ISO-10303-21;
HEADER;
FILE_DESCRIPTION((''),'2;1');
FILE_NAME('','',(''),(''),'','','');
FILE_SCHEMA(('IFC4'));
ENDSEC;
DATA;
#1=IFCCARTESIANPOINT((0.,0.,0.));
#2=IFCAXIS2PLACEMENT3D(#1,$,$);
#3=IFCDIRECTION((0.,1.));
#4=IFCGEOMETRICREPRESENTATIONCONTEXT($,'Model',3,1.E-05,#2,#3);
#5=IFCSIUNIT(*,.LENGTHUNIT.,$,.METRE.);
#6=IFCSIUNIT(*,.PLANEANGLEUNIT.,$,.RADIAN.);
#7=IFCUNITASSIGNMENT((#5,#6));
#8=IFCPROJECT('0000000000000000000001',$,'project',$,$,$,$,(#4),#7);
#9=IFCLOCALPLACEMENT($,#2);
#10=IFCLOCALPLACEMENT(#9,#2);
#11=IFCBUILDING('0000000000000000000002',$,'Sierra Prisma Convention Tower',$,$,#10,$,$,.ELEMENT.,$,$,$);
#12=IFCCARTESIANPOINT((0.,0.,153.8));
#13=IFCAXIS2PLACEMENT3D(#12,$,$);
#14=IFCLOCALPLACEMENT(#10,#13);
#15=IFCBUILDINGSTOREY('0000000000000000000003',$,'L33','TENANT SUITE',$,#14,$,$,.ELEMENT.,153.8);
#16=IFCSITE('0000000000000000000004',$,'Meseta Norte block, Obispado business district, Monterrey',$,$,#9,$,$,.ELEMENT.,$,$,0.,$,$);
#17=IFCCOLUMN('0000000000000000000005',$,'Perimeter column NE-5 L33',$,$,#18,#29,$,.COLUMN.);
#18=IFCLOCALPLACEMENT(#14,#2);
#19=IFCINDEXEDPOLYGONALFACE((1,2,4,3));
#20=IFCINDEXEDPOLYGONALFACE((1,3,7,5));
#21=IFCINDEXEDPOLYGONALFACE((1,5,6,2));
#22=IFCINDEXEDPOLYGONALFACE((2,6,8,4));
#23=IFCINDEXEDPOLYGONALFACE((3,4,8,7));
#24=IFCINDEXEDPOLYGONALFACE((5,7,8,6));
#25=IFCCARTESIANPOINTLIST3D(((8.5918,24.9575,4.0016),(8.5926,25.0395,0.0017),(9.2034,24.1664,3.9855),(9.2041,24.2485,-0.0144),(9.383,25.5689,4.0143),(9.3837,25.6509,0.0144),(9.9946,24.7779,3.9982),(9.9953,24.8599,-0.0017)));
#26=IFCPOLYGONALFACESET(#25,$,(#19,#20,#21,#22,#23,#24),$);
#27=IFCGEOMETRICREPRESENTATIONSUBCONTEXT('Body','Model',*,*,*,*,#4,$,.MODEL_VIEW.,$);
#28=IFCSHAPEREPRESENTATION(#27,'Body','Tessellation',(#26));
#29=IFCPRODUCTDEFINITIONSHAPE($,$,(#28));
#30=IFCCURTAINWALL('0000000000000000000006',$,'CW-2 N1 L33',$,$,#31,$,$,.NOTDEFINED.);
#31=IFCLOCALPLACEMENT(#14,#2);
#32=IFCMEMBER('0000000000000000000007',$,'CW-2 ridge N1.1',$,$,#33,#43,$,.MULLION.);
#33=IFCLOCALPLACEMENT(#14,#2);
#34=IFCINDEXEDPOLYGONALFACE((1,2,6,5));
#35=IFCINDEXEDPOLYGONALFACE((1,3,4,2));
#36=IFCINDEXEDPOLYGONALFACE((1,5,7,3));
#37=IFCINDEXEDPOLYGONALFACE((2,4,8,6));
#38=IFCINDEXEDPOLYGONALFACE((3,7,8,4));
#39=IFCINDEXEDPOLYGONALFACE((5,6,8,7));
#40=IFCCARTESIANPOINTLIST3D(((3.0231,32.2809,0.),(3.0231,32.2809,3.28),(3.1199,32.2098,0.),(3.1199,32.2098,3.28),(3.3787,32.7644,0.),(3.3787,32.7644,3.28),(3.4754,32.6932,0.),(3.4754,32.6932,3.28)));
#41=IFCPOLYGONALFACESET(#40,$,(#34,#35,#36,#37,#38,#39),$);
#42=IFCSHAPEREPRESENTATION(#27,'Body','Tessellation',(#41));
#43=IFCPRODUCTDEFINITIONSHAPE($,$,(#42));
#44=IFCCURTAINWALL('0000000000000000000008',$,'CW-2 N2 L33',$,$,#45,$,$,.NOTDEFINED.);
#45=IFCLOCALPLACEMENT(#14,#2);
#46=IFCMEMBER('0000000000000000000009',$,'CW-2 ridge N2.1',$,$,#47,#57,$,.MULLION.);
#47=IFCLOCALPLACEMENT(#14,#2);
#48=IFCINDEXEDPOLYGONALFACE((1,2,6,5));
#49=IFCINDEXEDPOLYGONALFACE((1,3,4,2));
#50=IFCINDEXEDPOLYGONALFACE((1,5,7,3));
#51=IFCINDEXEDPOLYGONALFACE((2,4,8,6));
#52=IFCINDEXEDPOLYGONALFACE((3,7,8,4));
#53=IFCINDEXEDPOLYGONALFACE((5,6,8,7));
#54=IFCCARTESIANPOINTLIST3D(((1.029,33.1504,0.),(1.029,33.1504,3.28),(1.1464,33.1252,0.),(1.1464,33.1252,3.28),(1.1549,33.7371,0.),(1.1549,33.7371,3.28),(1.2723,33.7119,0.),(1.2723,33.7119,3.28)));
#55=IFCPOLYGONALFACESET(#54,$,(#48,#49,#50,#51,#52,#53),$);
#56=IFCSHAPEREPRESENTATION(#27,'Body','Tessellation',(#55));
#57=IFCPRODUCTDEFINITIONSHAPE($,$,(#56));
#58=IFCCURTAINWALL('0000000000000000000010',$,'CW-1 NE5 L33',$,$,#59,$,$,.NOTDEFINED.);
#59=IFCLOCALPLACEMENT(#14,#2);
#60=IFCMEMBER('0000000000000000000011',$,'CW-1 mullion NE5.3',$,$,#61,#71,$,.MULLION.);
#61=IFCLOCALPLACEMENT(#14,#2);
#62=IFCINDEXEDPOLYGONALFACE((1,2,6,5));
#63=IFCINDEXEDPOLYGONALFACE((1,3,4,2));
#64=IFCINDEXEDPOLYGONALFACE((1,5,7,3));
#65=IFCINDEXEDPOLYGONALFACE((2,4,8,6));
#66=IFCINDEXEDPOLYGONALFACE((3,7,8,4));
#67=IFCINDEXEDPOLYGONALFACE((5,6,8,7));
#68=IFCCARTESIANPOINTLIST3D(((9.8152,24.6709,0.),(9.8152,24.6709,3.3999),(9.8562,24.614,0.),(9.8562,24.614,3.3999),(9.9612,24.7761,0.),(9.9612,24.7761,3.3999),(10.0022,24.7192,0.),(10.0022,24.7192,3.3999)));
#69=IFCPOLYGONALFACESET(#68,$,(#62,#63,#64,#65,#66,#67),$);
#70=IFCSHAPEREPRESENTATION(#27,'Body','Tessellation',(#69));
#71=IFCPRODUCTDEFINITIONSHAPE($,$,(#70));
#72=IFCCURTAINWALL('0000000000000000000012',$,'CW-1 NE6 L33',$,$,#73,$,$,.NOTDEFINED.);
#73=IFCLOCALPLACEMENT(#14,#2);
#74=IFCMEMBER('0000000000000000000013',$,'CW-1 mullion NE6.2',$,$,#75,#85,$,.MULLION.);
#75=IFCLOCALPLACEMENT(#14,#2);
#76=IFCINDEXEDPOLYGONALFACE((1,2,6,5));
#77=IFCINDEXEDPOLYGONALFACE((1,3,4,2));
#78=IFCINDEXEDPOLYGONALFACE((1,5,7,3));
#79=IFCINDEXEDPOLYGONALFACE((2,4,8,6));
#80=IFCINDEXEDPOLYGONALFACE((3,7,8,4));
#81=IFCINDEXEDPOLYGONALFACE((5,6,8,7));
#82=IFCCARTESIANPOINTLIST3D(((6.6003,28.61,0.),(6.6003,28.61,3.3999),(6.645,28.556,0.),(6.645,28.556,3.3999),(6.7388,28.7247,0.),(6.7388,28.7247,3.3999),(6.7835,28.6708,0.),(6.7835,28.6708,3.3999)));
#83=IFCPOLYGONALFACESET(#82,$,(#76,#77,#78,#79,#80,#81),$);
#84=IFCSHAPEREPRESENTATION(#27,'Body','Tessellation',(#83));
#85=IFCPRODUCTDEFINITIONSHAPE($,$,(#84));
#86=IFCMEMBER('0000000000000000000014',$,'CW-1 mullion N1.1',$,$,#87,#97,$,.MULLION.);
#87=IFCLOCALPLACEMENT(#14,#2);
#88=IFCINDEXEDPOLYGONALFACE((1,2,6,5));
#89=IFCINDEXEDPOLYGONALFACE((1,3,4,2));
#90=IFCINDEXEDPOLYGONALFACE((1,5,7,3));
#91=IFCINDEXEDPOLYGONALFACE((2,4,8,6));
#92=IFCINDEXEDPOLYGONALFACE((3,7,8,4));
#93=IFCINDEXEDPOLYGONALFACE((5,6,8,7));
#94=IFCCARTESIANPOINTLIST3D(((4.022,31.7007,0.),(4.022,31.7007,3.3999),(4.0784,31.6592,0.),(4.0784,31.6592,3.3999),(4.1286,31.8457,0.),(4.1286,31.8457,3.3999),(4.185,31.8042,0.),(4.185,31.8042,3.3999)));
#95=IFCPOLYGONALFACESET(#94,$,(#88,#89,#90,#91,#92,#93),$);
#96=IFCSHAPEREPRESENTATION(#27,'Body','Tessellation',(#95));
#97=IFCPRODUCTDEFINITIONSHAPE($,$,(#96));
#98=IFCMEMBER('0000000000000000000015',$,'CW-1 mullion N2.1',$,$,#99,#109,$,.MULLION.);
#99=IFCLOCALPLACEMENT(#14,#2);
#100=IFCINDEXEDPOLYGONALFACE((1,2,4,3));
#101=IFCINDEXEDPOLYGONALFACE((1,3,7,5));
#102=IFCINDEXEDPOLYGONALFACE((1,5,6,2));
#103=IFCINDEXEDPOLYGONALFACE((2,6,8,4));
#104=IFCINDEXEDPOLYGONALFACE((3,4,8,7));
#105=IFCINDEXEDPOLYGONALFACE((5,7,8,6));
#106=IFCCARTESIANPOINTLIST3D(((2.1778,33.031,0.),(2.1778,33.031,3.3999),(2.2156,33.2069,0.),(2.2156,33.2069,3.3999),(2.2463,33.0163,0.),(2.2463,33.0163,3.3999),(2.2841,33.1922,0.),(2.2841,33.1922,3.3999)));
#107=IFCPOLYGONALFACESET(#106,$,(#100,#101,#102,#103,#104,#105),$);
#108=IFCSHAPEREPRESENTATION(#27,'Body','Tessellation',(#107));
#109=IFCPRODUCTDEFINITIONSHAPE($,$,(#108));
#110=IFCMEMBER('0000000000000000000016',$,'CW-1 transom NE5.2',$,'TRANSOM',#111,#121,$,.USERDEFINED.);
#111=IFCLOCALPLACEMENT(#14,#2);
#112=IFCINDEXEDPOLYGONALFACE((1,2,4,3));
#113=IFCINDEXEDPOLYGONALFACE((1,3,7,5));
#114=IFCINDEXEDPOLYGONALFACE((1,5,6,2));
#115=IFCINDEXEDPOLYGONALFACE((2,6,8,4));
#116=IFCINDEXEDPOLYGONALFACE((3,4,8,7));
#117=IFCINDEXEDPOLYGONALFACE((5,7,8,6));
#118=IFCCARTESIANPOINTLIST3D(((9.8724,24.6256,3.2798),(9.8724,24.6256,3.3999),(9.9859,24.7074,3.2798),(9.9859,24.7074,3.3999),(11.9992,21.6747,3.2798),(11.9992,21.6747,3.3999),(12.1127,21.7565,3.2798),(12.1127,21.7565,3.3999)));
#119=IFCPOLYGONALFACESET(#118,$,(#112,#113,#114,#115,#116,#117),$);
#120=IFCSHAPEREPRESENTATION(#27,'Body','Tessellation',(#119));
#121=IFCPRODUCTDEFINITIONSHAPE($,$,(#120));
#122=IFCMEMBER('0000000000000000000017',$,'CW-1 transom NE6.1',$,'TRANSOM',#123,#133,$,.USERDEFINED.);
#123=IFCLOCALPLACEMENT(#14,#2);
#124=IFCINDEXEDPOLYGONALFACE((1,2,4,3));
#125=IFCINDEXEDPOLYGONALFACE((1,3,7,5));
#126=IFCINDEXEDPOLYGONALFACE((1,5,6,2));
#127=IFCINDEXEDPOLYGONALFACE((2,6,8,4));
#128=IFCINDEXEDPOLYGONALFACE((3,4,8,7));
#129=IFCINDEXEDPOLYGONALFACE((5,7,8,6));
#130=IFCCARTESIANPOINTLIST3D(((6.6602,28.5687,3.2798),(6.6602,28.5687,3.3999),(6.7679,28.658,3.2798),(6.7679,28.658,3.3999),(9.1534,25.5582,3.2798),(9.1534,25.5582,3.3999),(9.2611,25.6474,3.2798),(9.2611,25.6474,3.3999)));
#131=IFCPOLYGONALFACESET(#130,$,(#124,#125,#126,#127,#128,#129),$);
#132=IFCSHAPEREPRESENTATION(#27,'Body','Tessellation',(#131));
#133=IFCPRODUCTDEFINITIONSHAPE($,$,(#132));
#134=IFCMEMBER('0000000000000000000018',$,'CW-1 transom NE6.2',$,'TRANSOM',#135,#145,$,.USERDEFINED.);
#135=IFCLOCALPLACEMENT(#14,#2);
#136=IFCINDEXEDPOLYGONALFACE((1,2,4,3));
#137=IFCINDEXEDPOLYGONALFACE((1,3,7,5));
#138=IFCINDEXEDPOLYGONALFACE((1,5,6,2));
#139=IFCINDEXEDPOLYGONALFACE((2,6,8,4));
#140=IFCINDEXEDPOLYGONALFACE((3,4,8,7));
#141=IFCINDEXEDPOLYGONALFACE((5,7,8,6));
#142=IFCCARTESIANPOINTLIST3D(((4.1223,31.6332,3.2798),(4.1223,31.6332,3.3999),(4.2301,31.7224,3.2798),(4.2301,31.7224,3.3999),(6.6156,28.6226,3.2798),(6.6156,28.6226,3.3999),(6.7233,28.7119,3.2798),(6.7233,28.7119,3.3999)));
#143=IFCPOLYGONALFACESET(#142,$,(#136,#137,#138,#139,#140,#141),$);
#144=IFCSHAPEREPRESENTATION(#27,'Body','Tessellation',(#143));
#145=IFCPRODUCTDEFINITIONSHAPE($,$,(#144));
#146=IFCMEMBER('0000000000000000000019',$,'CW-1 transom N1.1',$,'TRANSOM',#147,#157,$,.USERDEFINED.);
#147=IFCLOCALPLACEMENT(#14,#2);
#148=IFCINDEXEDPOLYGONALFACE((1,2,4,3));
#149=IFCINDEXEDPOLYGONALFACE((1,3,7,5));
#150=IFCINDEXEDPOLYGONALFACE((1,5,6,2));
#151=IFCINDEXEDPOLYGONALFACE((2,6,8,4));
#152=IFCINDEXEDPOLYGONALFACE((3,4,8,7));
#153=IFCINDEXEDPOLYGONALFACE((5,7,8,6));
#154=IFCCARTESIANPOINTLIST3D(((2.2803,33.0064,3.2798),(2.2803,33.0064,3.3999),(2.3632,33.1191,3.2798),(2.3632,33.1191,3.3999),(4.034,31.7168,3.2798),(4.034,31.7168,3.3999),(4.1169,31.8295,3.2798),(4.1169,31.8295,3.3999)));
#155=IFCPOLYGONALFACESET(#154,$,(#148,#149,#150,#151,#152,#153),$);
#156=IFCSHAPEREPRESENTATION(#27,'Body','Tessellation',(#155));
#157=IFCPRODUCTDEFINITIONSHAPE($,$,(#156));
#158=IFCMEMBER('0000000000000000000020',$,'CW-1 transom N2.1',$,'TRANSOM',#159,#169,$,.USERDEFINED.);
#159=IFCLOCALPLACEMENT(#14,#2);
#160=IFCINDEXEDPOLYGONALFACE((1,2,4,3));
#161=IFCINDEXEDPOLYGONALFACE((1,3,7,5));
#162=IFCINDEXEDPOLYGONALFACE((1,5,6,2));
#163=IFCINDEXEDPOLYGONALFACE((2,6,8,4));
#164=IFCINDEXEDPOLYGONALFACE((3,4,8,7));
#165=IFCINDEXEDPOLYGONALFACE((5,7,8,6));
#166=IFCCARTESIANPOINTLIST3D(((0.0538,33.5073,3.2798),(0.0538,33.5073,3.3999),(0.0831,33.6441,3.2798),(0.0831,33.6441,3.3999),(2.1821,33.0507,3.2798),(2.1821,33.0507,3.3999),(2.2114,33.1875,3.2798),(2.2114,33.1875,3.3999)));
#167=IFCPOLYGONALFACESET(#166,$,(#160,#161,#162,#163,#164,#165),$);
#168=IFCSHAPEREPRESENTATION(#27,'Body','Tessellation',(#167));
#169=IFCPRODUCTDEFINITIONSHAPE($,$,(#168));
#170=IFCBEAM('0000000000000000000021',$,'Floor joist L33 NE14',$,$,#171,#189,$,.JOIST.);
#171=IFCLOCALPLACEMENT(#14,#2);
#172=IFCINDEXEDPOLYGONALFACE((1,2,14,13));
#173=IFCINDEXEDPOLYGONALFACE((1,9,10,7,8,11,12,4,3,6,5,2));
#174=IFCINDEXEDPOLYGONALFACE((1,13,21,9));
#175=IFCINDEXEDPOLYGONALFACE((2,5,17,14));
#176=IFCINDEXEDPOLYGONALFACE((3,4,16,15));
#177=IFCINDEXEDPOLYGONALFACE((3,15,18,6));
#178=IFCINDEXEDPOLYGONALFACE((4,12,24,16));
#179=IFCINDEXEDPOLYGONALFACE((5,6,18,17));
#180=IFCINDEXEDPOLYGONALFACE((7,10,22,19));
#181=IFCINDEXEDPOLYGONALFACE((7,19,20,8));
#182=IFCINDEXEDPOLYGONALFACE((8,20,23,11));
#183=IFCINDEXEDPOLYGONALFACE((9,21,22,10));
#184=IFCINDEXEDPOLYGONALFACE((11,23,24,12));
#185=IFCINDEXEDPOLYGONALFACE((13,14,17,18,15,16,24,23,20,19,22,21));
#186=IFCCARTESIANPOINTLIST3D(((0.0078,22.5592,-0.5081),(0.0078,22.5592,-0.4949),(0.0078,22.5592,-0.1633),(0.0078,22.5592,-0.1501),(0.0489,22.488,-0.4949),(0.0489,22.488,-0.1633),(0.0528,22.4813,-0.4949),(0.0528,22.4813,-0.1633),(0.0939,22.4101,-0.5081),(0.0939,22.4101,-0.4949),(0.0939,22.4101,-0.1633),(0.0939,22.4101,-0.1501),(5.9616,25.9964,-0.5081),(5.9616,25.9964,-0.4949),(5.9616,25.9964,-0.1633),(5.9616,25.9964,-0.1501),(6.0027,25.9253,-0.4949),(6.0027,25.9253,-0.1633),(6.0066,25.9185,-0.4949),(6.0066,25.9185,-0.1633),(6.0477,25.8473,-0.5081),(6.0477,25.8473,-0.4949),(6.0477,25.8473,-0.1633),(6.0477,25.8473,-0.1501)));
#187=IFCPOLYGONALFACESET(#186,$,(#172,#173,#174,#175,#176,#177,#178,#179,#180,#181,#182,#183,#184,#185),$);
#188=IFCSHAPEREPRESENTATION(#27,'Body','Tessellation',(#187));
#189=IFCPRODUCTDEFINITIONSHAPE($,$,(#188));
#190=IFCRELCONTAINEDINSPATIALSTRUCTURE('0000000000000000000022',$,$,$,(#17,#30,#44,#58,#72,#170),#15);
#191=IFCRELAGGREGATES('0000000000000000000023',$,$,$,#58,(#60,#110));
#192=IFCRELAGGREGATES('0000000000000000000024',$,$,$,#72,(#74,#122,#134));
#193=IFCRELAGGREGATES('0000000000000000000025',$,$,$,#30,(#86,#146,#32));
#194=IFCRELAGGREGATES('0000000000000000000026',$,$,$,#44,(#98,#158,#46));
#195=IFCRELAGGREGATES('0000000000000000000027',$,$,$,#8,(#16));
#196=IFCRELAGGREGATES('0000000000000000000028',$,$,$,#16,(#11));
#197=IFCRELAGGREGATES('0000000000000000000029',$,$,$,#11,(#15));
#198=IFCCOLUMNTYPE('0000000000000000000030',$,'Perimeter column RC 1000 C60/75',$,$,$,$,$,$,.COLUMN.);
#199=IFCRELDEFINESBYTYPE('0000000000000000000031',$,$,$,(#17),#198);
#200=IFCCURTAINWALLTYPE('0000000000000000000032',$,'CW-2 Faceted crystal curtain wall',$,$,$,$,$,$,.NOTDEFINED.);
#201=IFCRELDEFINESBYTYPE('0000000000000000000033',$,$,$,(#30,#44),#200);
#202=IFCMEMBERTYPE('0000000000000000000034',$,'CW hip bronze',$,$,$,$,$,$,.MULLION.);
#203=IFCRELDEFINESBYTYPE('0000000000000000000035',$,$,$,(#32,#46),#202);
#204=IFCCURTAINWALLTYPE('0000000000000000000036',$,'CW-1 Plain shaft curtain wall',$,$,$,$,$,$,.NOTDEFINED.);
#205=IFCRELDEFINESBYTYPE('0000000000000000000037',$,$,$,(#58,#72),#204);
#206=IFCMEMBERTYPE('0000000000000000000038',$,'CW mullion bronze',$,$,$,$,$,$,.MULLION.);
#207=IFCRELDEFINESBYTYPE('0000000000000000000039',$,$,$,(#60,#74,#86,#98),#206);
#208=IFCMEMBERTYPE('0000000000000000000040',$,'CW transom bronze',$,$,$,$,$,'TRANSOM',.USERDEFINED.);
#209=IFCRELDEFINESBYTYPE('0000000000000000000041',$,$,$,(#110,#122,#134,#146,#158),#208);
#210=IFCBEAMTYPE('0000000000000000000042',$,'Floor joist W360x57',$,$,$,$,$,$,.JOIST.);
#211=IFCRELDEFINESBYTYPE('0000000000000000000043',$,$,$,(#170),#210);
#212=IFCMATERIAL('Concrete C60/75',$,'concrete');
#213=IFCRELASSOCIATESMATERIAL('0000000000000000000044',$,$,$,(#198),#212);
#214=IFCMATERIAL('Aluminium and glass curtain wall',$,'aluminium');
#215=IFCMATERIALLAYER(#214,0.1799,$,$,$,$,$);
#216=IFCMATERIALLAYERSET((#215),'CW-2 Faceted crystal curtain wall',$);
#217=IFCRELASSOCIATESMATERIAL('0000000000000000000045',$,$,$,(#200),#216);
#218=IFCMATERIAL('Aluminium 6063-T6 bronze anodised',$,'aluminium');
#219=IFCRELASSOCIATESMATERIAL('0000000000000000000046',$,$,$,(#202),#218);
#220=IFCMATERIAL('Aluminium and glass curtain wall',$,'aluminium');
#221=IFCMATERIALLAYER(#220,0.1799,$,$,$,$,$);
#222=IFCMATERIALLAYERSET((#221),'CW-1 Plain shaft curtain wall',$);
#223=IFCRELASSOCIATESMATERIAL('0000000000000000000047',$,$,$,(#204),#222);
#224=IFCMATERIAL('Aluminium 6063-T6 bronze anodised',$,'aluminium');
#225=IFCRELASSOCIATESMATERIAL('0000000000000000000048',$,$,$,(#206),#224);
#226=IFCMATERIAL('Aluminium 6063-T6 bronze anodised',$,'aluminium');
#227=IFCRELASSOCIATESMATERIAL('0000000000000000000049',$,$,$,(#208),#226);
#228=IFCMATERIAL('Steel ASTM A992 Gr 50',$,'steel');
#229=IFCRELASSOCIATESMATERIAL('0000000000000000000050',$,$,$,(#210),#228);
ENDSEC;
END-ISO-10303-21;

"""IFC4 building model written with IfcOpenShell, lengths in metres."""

from ifc_helpers import new_model, si_unit, direction, frame, origin, origin_2d, place, context, subcontext, project, spatial, rectangle, i_section, extrude, material, layer, layer_set, material_profile, profile_set, type_object, element, aggregate, save


model = new_model("IFC4")

# Units and contexts
model_context = context("Model", 3, precision=1e-05, world=origin(), true_north=direction((0.0, 1.0)))
body_context = subcontext(model_context, "Body", "Model", "MODEL_VIEW")
ifc_project = project(units=[si_unit("LENGTHUNIT", "METRE"), si_unit("PLANEANGLEUNIT", "RADIAN")], contexts=[model_context])

# Site, building, storey
site_placement = place(None, origin())
site = spatial("IfcSite", under=ifc_project, at=site_placement, Name="Meseta Norte block, Obispado business district, Monterrey", CompositionType="ELEMENT", RefElevation=0.0)
building_placement = place(site_placement, origin())
building = spatial("IfcBuilding", under=site, at=building_placement, Name="Sierra Prisma Convention Tower", CompositionType="ELEMENT")
storey_placement = place(building_placement, frame((0.0, 0.0, 153.8)))
storey = spatial("IfcBuildingStorey", under=building, at=storey_placement, Name="L33", Description="TENANT SUITE", CompositionType="ELEMENT", Elevation=153.8)

# Column
ifc_material_1 = material(Name="Concrete C60/75", Category="concrete")
ifc_material_profile_1 = material_profile(ifc_material_1, rectangle(XDim=1.0, YDim=1.0, at=origin_2d()), Name="Perimeter column RC 1000 C60/75")
ifc_profile_set_1 = profile_set([ifc_material_profile_1], Name="Concrete C60/75")
column_type = type_object("IfcColumnType", Name="Perimeter column RC 1000 C60/75", PredefinedType="COLUMN", material=ifc_profile_set_1)
column_placement = place(storey_placement, frame((9.2939, 24.9497, 0.0), z_axis=(-0.000183, -0.020504, 0.99979), x_axis=(-0.611585, 0.791015, 0.01611)))
element("IfcColumn", 1, at=column_placement, inside=storey, type_object=column_type, Name="Perimeter column NE-5 L33", PredefinedType="COLUMN", context=body_context, shape_type="SweptSolid", body=[
    extrude(rectangle(XDim=1.0, YDim=1.0, at=origin_2d()), origin(), (0.0, 0.0, 1.0), 4.0007),
])

# Curtain walls, members
ifc_material_2 = material(Name="Aluminium and glass curtain wall", Category="aluminium")
ifc_layer_1 = layer(ifc_material_2, 0.1799)
ifc_layer_set_1 = layer_set([ifc_layer_1], Name="CW-2 Faceted crystal curtain wall")
curtain_wall_type_1 = type_object("IfcCurtainWallType", Name="CW-2 Faceted crystal curtain wall", PredefinedType="NOTDEFINED", material=ifc_layer_set_1)
curtain_wall_1_placement = place(storey_placement, origin())
curtain_wall_1 = element("IfcCurtainWall", 2, at=curtain_wall_1_placement, inside=storey, type_object=curtain_wall_type_1, Name="CW-2 N1 L33", PredefinedType="NOTDEFINED")
ifc_material_3 = material(Name="Aluminium 6063-T6 bronze anodised", Category="aluminium")
ifc_material_profile_2 = material_profile(ifc_material_3, rectangle(XDim=0.1201, YDim=0.6001, at=origin_2d()), Name="ALU RIDGE BLADE 120x600")
ifc_profile_set_2 = profile_set([ifc_material_profile_2], Name="Aluminium 6063-T6 bronze anodised")
member_type_1 = type_object("IfcMemberType", Name="CW hip bronze", PredefinedType="MULLION", material=ifc_profile_set_2)
member_1_placement = place(storey_placement, frame((3.2493, 32.4871, 0.0), z_axis=(0.0, 0.0, 1.0), x_axis=(-0.805589, 0.592475, 0.0)))
member_1 = element("IfcMember", 3, at=member_1_placement, type_object=member_type_1, Name="CW-2 ridge N1.1", PredefinedType="MULLION", context=body_context, shape_type="SweptSolid", body=[
    extrude(rectangle(XDim=0.1201, YDim=0.6001, at=origin_2d()), origin(), (0.0, 0.0, 1.0), 3.28),
])
curtain_wall_2_placement = place(storey_placement, origin())
curtain_wall_2 = element("IfcCurtainWall", 4, at=curtain_wall_2_placement, inside=storey, type_object=curtain_wall_type_1, Name="CW-2 N2 L33", PredefinedType="NOTDEFINED")
member_2_placement = place(storey_placement, frame((1.1506, 33.4312, 0.0), z_axis=(0.0, 0.0, 1.0), x_axis=(-0.977743, 0.209805, 0.0)))
member_2 = element("IfcMember", 5, at=member_2_placement, type_object=member_type_1, Name="CW-2 ridge N2.1", PredefinedType="MULLION", context=body_context, shape_type="SweptSolid", body=[
    extrude(rectangle(XDim=0.1201, YDim=0.6001, at=origin_2d()), origin(), (0.0, 0.0, 1.0), 3.28),
])
ifc_material_4 = material(Name="Aluminium and glass curtain wall", Category="aluminium")
ifc_layer_2 = layer(ifc_material_4, 0.1799)
ifc_layer_set_2 = layer_set([ifc_layer_2], Name="CW-1 Plain shaft curtain wall")
curtain_wall_type_2 = type_object("IfcCurtainWallType", Name="CW-1 Plain shaft curtain wall", PredefinedType="NOTDEFINED", material=ifc_layer_set_2)
curtain_wall_3_placement = place(storey_placement, origin())
curtain_wall_3 = element("IfcCurtainWall", 6, at=curtain_wall_3_placement, inside=storey, type_object=curtain_wall_type_2, Name="CW-1 NE5 L33", PredefinedType="NOTDEFINED")
ifc_material_5 = material(Name="Aluminium 6063-T6 bronze anodised", Category="aluminium")
ifc_material_profile_3 = material_profile(ifc_material_5, rectangle(XDim=0.1799, YDim=0.0701, at=origin_2d()), Name="ALU MULLION 70x180")
ifc_profile_set_3 = profile_set([ifc_material_profile_3], Name="Aluminium 6063-T6 bronze anodised")
member_type_2 = type_object("IfcMemberType", Name="CW mullion bronze", PredefinedType="MULLION", material=ifc_profile_set_3)
member_3_placement = place(storey_placement, frame((9.9087, 24.6951, 0.0), z_axis=(0.0, 0.0, 1.0), x_axis=(-0.811287, -0.584648, 0.0)))
member_3 = element("IfcMember", 7, at=member_3_placement, type_object=member_type_2, Name="CW-1 mullion NE5.3", PredefinedType="MULLION", context=body_context, shape_type="SweptSolid", body=[
    extrude(rectangle(XDim=0.1799, YDim=0.0701, at=origin_2d()), origin(), (0.0, 0.0, 1.0), 3.3999),
])
curtain_wall_4_placement = place(storey_placement, origin())
curtain_wall_4 = element("IfcCurtainWall", 8, at=curtain_wall_4_placement, inside=storey, type_object=curtain_wall_type_2, Name="CW-1 NE6 L33", PredefinedType="NOTDEFINED")
member_4_placement = place(storey_placement, frame((6.6919, 28.6404, 0.0), z_axis=(0.0, 0.0, 1.0), x_axis=(-0.770177, -0.63783, 0.0)))
member_4 = element("IfcMember", 9, at=member_4_placement, type_object=member_type_2, Name="CW-1 mullion NE6.2", PredefinedType="MULLION", context=body_context, shape_type="SweptSolid", body=[
    extrude(rectangle(XDim=0.1799, YDim=0.0701, at=origin_2d()), origin(), (0.0, 0.0, 1.0), 3.3999),
])

# Members
member_5_placement = place(storey_placement, frame((4.1035, 31.7524, 0.0), z_axis=(0.0, 0.0, 1.0), x_axis=(-0.592475, -0.805589, 0.0)))
member_5 = element("IfcMember", 10, at=member_5_placement, type_object=member_type_2, Name="CW-1 mullion N1.1", PredefinedType="MULLION", context=body_context, shape_type="SweptSolid", body=[
    extrude(rectangle(XDim=0.1799, YDim=0.0701, at=origin_2d()), origin(), (0.0, 0.0, 1.0), 3.3999),
])
member_6_placement = place(storey_placement, frame((2.231, 33.1116, 0.0), z_axis=(0.0, 0.0, 1.0), x_axis=(-0.209805, -0.977743, 0.0)))
member_6 = element("IfcMember", 11, at=member_6_placement, type_object=member_type_2, Name="CW-1 mullion N2.1", PredefinedType="MULLION", context=body_context, shape_type="SweptSolid", body=[
    extrude(rectangle(XDim=0.1799, YDim=0.0701, at=origin_2d()), origin(), (0.0, 0.0, 1.0), 3.3999),
])
ifc_material_6 = material(Name="Aluminium 6063-T6 bronze anodised", Category="aluminium")
ifc_material_profile_4 = material_profile(ifc_material_6, rectangle(XDim=0.1399, YDim=0.1201, at=origin_2d()), Name="ALU TRANSOM 120x140")
ifc_profile_set_4 = profile_set([ifc_material_profile_4], Name="Aluminium 6063-T6 bronze anodised")
member_type_3 = type_object("IfcMemberType", Name="CW transom bronze", ElementType="TRANSOM", PredefinedType="USERDEFINED", material=ifc_profile_set_4)
member_7_placement = place(storey_placement, frame((12.0559, 21.7156, 3.3398), z_axis=(-0.584674, 0.811268, 0.0), x_axis=(-0.811268, -0.584674, 0.0)))
member_7 = element("IfcMember", 12, at=member_7_placement, type_object=member_type_3, Name="CW-1 transom NE5.2", ObjectType="TRANSOM", PredefinedType="USERDEFINED", context=body_context, shape_type="SweptSolid", body=[
    extrude(rectangle(XDim=0.1399, YDim=0.1201, at=origin_2d()), origin(), (0.0, 0.0, 1.0), 3.6375),
])
member_8_placement = place(storey_placement, frame((9.2073, 25.6028, 3.3398), z_axis=(-0.637828, 0.770178, 0.0), x_axis=(-0.770178, -0.637828, 0.0)))
member_8 = element("IfcMember", 13, at=member_8_placement, type_object=member_type_3, Name="CW-1 transom NE6.1", ObjectType="TRANSOM", PredefinedType="USERDEFINED", context=body_context, shape_type="SweptSolid", body=[
    extrude(rectangle(XDim=0.1399, YDim=0.1201, at=origin_2d()), origin(), (0.0, 0.0, 1.0), 3.9089),
])
member_9_placement = place(storey_placement, frame((6.6694, 28.6672, 3.3398), z_axis=(-0.637828, 0.770178, 0.0), x_axis=(-0.770178, -0.637828, 0.0)))
member_9 = element("IfcMember", 14, at=member_9_placement, type_object=member_type_3, Name="CW-1 transom NE6.2", ObjectType="TRANSOM", PredefinedType="USERDEFINED", context=body_context, shape_type="SweptSolid", body=[
    extrude(rectangle(XDim=0.1399, YDim=0.1201, at=origin_2d()), origin(), (0.0, 0.0, 1.0), 3.9089),
])
member_10_placement = place(storey_placement, frame((4.0754, 31.7732, 3.3398), z_axis=(-0.805631, 0.592418, 0.0), x_axis=(-0.592418, -0.805631, 0.0)))
member_10 = element("IfcMember", 15, at=member_10_placement, type_object=member_type_3, Name="CW-1 transom N1.1", ObjectType="TRANSOM", PredefinedType="USERDEFINED", context=body_context, shape_type="SweptSolid", body=[
    extrude(rectangle(XDim=0.1399, YDim=0.1201, at=origin_2d()), origin(), (0.0, 0.0, 1.0), 2.1768),
])
member_11_placement = place(storey_placement, frame((2.1968, 33.1191, 3.3398), z_axis=(-0.97776, 0.209728, 0.0), x_axis=(-0.209728, -0.97776, 0.0)))
member_11 = element("IfcMember", 16, at=member_11_placement, type_object=member_type_3, Name="CW-1 transom N2.1", ObjectType="TRANSOM", PredefinedType="USERDEFINED", context=body_context, shape_type="SweptSolid", body=[
    extrude(rectangle(XDim=0.1399, YDim=0.1201, at=origin_2d()), origin(), (0.0, 0.0, 1.0), 2.1768),
])

# Beam
ifc_material_7 = material(Name="Steel ASTM A992 Gr 50", Category="steel")
ifc_material_profile_5 = material_profile(ifc_material_7, i_section(OverallWidth=0.1721, OverallDepth=0.3579, WebThickness=0.0078, FlangeThickness=0.0132, at=origin_2d()), Name="W360x57")
ifc_profile_set_5 = profile_set([ifc_material_profile_5], Name="Steel ASTM A992 Gr 50")
beam_type_1 = type_object("IfcBeamType", Name="Floor joist W360x57", PredefinedType="JOIST", material=ifc_profile_set_5)
beam_1_placement = place(storey_placement, frame((6.0046, 25.9219, -0.3291), z_axis=(-0.866038, -0.499978, 0.0), x_axis=(0.499978, -0.866038, 0.0)))
element("IfcBeam", 17, at=beam_1_placement, inside=storey, type_object=beam_type_1, Name="Floor joist L33 NE14", PredefinedType="JOIST", context=body_context, shape_type="SweptSolid", body=[
    extrude(i_section(OverallWidth=0.1721, OverallDepth=0.3579, WebThickness=0.0078, FlangeThickness=0.0132, at=origin_2d()), origin(), (0.0, 0.0, 1.0), 6.8748),
])

aggregate(curtain_wall_3, [member_3, member_7])
aggregate(curtain_wall_4, [member_4, member_8, member_9])
aggregate(curtain_wall_1, [member_5, member_10, member_1])
aggregate(curtain_wall_2, [member_6, member_11, member_2])

save(model, "model.ifc")
